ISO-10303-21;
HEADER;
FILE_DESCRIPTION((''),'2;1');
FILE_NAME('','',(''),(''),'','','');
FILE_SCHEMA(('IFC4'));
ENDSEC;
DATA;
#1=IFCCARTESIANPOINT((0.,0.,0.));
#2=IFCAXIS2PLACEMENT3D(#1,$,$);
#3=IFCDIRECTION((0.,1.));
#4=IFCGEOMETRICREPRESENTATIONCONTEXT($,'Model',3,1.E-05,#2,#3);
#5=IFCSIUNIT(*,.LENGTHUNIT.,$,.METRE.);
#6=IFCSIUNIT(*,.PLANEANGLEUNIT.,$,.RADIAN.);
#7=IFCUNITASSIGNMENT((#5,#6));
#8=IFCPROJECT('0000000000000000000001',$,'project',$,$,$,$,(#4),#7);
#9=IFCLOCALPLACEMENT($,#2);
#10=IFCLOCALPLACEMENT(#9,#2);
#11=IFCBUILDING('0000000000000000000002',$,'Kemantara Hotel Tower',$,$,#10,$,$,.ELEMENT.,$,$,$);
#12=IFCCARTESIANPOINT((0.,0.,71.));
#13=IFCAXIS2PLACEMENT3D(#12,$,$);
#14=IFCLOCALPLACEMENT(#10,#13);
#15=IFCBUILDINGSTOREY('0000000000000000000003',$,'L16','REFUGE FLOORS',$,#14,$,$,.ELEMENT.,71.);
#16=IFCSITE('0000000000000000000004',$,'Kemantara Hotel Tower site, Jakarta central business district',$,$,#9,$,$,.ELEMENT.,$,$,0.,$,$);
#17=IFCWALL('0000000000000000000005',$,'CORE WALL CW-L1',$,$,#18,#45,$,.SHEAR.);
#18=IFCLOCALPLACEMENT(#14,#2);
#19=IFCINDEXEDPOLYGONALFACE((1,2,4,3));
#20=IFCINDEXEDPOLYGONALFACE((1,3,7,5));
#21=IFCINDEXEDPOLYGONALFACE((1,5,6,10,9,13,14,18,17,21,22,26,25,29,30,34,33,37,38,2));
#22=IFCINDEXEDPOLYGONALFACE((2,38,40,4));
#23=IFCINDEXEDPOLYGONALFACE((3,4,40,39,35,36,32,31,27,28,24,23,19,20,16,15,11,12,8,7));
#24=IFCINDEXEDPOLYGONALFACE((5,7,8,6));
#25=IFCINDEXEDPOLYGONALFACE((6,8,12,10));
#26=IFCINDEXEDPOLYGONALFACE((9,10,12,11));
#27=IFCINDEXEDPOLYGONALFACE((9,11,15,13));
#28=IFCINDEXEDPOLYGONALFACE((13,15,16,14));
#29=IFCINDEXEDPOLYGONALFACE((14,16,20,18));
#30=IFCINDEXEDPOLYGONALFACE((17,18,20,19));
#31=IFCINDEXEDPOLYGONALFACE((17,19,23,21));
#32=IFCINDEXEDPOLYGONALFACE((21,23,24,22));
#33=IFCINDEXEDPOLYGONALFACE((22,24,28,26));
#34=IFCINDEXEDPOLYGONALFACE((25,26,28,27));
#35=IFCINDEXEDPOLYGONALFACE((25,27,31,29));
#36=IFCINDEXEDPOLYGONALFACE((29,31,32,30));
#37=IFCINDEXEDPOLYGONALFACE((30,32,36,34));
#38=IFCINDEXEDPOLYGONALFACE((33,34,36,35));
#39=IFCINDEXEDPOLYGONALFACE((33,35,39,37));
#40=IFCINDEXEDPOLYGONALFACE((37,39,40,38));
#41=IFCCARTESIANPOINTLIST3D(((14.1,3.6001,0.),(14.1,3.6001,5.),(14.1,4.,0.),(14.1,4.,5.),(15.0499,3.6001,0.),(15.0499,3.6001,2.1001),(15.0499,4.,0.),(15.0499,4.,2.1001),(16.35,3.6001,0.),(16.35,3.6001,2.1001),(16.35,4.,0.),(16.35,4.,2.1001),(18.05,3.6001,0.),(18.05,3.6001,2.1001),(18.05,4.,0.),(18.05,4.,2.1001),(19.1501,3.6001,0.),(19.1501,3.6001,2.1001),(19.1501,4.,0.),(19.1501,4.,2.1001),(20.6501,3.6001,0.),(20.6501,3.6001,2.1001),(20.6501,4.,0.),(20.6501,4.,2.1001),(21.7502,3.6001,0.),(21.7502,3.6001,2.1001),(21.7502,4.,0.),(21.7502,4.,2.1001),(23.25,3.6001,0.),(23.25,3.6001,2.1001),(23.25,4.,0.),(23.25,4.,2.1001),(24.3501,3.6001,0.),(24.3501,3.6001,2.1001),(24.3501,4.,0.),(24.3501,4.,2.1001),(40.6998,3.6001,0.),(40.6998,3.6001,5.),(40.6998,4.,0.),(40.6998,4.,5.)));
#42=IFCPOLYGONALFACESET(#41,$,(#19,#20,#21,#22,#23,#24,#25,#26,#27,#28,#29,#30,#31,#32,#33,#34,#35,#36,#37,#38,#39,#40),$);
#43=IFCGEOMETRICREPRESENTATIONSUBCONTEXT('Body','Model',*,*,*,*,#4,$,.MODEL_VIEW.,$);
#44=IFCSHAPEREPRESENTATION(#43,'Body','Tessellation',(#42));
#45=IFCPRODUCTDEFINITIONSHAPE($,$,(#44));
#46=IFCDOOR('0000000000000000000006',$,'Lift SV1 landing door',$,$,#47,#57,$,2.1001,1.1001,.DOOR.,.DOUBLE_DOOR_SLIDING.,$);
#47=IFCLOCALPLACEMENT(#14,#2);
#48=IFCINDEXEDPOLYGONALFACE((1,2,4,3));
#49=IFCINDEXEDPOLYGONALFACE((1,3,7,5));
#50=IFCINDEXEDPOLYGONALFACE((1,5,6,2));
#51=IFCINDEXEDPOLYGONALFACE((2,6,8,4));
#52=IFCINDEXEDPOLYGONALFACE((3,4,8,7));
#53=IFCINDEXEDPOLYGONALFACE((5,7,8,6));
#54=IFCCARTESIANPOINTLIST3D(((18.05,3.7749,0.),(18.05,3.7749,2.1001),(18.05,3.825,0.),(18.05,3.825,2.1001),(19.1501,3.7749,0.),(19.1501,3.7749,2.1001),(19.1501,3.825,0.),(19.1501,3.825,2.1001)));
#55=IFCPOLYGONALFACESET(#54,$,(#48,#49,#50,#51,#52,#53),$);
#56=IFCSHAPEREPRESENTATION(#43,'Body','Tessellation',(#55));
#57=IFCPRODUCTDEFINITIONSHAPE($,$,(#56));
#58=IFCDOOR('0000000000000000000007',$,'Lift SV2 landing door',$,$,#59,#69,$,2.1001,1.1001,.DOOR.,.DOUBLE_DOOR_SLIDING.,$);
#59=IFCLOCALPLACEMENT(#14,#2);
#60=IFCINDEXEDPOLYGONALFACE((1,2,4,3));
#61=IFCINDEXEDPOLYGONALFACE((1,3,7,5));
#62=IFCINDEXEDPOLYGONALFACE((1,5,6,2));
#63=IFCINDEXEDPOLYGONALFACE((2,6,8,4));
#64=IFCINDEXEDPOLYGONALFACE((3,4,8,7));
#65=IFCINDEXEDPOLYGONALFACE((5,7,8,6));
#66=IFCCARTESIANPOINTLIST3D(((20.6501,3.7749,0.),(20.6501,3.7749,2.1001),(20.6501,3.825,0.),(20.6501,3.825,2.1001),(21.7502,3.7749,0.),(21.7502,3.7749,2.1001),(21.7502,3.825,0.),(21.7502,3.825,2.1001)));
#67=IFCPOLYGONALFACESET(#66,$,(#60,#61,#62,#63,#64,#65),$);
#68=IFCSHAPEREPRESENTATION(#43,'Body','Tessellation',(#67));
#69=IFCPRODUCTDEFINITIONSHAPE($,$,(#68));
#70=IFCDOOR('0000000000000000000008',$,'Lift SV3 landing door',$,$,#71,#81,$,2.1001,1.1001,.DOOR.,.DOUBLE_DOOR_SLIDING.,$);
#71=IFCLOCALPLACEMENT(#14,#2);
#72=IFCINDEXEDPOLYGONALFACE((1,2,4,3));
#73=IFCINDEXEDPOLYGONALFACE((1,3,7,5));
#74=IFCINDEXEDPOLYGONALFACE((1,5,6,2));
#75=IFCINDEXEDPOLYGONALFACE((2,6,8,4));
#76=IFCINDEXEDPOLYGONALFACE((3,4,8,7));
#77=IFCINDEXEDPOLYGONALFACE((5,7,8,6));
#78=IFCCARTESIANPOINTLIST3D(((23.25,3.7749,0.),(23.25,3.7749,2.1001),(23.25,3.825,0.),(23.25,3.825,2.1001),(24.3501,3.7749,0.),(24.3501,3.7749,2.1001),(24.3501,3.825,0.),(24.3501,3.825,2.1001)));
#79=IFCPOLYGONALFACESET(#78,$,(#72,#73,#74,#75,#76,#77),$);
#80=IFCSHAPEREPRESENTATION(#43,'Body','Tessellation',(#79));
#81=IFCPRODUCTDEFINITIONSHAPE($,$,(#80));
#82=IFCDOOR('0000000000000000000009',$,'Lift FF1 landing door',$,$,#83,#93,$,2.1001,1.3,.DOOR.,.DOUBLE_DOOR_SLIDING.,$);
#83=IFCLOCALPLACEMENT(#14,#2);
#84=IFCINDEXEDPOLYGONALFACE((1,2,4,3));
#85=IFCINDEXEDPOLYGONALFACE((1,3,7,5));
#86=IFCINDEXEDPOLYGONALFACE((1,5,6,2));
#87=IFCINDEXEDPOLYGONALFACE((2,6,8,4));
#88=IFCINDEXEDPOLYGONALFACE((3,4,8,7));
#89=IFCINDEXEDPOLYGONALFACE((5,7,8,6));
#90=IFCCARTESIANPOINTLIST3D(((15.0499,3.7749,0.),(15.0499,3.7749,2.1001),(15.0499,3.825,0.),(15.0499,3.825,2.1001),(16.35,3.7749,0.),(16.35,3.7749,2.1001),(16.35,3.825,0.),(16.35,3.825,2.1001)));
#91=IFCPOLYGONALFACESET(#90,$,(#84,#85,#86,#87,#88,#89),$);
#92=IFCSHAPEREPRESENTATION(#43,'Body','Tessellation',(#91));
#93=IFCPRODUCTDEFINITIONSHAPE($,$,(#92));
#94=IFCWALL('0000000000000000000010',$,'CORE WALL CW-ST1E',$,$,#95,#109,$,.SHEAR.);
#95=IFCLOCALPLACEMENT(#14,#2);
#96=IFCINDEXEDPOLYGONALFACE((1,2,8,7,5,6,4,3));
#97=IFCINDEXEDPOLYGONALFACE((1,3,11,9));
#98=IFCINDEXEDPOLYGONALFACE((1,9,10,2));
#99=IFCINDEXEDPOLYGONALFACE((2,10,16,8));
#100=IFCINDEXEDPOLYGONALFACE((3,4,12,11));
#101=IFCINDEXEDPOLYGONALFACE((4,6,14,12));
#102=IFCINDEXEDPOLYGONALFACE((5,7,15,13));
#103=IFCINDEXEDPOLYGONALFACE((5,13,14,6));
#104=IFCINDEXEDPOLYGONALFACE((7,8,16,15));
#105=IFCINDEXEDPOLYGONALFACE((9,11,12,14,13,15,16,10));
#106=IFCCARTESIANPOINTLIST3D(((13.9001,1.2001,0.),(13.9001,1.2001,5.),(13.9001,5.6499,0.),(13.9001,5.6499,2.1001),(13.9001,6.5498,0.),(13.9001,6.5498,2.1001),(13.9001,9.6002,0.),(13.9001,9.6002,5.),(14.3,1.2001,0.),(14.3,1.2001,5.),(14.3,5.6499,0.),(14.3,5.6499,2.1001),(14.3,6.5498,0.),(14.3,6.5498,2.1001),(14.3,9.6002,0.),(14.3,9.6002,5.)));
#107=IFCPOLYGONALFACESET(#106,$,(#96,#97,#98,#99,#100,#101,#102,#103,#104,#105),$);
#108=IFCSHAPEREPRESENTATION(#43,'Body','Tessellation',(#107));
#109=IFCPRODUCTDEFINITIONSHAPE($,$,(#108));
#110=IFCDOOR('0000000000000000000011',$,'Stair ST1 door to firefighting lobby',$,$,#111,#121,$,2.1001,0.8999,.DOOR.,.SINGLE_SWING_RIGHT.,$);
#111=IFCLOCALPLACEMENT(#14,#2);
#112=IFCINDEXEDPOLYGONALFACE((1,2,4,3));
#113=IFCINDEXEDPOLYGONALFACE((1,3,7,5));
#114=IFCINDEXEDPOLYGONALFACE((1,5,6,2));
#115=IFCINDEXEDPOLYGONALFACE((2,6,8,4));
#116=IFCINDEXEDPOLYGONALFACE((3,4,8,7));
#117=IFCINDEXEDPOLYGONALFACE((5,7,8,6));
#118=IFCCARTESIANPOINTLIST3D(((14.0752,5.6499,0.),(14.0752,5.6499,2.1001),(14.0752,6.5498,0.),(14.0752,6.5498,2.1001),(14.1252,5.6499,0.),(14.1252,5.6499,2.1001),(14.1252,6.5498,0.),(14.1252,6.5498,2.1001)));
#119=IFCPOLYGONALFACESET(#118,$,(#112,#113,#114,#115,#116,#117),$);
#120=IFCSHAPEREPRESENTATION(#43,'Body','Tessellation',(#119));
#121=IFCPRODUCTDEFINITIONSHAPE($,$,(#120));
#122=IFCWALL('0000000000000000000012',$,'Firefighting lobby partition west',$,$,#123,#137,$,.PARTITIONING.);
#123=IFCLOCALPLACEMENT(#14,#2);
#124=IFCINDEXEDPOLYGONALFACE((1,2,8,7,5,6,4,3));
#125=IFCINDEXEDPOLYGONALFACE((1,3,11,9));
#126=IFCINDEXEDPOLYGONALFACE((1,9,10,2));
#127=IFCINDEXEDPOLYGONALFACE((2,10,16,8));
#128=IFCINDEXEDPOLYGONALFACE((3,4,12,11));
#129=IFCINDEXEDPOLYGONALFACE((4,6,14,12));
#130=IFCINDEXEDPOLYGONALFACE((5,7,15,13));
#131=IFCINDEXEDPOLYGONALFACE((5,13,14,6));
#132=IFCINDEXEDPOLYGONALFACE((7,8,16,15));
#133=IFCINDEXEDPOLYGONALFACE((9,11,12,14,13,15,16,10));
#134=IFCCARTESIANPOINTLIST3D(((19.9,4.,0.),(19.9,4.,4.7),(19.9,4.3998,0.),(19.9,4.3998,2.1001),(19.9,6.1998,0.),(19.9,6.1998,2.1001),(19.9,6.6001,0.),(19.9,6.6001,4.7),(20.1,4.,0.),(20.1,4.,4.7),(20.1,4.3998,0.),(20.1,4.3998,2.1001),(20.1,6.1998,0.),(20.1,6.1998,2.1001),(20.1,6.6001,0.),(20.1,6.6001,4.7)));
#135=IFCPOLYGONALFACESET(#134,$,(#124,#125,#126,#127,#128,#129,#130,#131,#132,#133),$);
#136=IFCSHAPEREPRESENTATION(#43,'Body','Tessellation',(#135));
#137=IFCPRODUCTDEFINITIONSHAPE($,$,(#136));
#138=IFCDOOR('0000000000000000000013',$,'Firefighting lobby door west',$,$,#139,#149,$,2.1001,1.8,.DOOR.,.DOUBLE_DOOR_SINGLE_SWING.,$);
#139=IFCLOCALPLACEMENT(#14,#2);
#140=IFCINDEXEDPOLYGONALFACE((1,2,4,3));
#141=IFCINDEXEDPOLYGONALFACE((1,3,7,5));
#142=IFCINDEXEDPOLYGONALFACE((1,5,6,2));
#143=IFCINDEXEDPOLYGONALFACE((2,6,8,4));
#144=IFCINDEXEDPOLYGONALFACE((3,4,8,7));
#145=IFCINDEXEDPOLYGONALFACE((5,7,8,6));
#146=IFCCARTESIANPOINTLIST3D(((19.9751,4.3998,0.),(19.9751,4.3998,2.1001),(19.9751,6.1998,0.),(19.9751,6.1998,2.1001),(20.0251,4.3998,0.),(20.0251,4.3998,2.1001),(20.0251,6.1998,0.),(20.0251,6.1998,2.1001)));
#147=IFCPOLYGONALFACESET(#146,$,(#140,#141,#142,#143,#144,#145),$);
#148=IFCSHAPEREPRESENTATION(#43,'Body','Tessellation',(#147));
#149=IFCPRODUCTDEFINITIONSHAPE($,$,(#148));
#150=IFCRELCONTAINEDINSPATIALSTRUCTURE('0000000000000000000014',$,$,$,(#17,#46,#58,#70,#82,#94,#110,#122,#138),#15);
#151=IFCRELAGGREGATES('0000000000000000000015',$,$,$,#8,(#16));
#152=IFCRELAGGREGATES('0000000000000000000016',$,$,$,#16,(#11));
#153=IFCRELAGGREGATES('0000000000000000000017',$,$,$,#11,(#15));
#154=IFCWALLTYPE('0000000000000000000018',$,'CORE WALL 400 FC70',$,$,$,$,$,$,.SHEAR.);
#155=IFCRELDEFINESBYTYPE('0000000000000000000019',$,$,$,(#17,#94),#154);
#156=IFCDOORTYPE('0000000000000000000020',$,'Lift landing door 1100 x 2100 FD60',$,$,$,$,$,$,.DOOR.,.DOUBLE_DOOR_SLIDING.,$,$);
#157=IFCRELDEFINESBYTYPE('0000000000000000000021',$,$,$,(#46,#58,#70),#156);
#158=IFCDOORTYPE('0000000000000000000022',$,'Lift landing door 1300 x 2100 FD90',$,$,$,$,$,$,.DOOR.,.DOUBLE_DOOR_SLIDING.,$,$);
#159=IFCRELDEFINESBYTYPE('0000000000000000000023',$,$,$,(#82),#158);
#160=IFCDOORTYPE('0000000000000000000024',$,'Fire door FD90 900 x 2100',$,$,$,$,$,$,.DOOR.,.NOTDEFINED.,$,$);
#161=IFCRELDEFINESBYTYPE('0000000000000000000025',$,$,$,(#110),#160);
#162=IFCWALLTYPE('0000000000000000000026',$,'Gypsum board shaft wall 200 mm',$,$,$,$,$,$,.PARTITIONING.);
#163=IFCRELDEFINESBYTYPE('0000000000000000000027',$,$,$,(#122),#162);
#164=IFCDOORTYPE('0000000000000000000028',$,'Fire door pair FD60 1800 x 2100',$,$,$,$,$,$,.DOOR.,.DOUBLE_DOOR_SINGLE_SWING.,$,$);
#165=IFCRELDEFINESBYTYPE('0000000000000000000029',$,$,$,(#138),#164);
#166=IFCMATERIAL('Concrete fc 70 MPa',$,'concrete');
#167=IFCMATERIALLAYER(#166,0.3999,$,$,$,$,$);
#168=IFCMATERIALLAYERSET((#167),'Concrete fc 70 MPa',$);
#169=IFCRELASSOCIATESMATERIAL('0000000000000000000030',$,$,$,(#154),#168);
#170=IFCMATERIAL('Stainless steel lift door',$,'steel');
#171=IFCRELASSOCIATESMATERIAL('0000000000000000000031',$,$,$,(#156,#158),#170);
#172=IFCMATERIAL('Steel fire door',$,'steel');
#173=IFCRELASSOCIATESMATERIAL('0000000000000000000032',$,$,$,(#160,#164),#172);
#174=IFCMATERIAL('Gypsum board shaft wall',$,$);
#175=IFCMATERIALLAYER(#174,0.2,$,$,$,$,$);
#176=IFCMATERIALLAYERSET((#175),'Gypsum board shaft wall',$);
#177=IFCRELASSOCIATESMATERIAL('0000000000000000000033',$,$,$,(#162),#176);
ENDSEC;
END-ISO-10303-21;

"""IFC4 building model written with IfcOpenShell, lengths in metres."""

from ifc_helpers import new_model, si_unit, direction, frame, frame_2d, origin, place, context, subcontext, project, spatial, rectangle, extrude, material, layer, layer_set, type_object, element, fill, save


model = new_model("IFC4")

# Units and contexts
model_context = context("Model", 3, precision=1e-05, world=origin(), true_north=direction((0.0, 1.0)))
body_context = subcontext(model_context, "Body", "Model", "MODEL_VIEW")
ifc_project = project(units=[si_unit("LENGTHUNIT", "METRE"), si_unit("PLANEANGLEUNIT", "RADIAN")], contexts=[model_context])

# Site, building, storey
site_placement = place(None, origin())
site = spatial("IfcSite", under=ifc_project, at=site_placement, Name="Kemantara Hotel Tower site, Jakarta central business district", CompositionType="ELEMENT", RefElevation=0.0)
building_placement = place(site_placement, origin())
building = spatial("IfcBuilding", under=site, at=building_placement, Name="Kemantara Hotel Tower", CompositionType="ELEMENT")
storey_placement = place(building_placement, frame((0.0, 0.0, 71.0)))
storey = spatial("IfcBuildingStorey", under=building, at=storey_placement, Name="L16", Description="REFUGE FLOORS", CompositionType="ELEMENT", Elevation=71.0)

# Shared definitions
ifc_material_1 = material(Name="Concrete fc 70 MPa", Category="concrete")

# Wall, openings, doors
ifc_layer_1 = layer(ifc_material_1, 0.3999)
ifc_layer_set_1 = layer_set([ifc_layer_1], Name="Concrete fc 70 MPa")
wall_type_1 = type_object("IfcWallType", Name="CORE WALL 400 FC70", PredefinedType="SHEAR", material=ifc_layer_set_1)
wall_1_placement = place(storey_placement, frame((14.1001, 3.8, 0.0), z_axis=(0.0, 0.0, 1.0), x_axis=(1.0, 0.0, 0.0)))
wall_1 = element("IfcWall", 1, at=wall_1_placement, inside=storey, type_object=wall_type_1, Name="CORE WALL CW-L1", PredefinedType="SHEAR", context=body_context, shape_type="SweptSolid", body=[
    extrude(rectangle(XDim=26.5999, YDim=0.3999, at=frame_2d((13.2998, 0.0))), origin(), (0.0, 0.0, 1.0), 5.0),
])
opening_1_placement = place(wall_1_placement, frame((0.95, 0.0, 0.0)))
opening_1 = element("IfcOpeningElement", 2, at=opening_1_placement, cuts=wall_1, PredefinedType="OPENING", context=body_context, shape_type="SweptSolid", body=[
    extrude(rectangle(XDim=1.3, YDim=2.1001, at=frame_2d((0.6499, 1.05))), frame((0.0, 0.21, 0.0), z_axis=(0.0, -1.0, 0.0), x_axis=(1.0, 0.0, 0.0)), (0.0, 0.0, 1.0), 0.4199),
])
opening_2_placement = place(wall_1_placement, frame((3.95, 0.0, 0.0)))
opening_2 = element("IfcOpeningElement", 3, at=opening_2_placement, cuts=wall_1, PredefinedType="OPENING", context=body_context, shape_type="SweptSolid", body=[
    extrude(rectangle(XDim=1.1001, YDim=2.1001, at=frame_2d((0.55, 1.05))), frame((0.0, 0.21, 0.0), z_axis=(0.0, -1.0, 0.0), x_axis=(1.0, 0.0, 0.0)), (0.0, 0.0, 1.0), 0.4199),
])
opening_3_placement = place(wall_1_placement, frame((6.55, 0.0, 0.0)))
opening_3 = element("IfcOpeningElement", 4, at=opening_3_placement, cuts=wall_1, PredefinedType="OPENING", context=body_context, shape_type="SweptSolid", body=[
    extrude(rectangle(XDim=1.1001, YDim=2.1001, at=frame_2d((0.55, 1.05))), frame((0.0, 0.21, 0.0), z_axis=(0.0, -1.0, 0.0), x_axis=(1.0, 0.0, 0.0)), (0.0, 0.0, 1.0), 0.4199),
])
opening_4_placement = place(wall_1_placement, frame((9.1499, 0.0, 0.0)))
opening_4 = element("IfcOpeningElement", 5, at=opening_4_placement, cuts=wall_1, PredefinedType="OPENING", context=body_context, shape_type="SweptSolid", body=[
    extrude(rectangle(XDim=1.1001, YDim=2.1001, at=frame_2d((0.55, 1.05))), frame((0.0, 0.21, 0.0), z_axis=(0.0, -1.0, 0.0), x_axis=(1.0, 0.0, 0.0)), (0.0, 0.0, 1.0), 0.4199),
])
ifc_material_2 = material(Name="Stainless steel lift door", Category="steel")
door_type_1 = type_object("IfcDoorType", Name="Lift landing door 1100 x 2100 FD60", OperationType="DOUBLE_DOOR_SLIDING", PredefinedType="DOOR", material=ifc_material_2)
door_1_placement = place(opening_2_placement, origin())
door_1 = element("IfcDoor", 6, at=door_1_placement, inside=storey, type_object=door_type_1, Name="Lift SV1 landing door", OperationType="DOUBLE_DOOR_SLIDING", OverallHeight=2.1001, OverallWidth=1.1001, PredefinedType="DOOR", context=body_context, shape_type="SweptSolid", body=[
    extrude(rectangle(XDim=1.1001, YDim=2.1001, at=frame_2d((0.55, 1.05))), frame((0.0, 0.0249, 0.0), z_axis=(0.0, -1.0, 0.0), x_axis=(1.0, 0.0, 0.0)), (0.0, 0.0, 1.0), 0.05),
])
fill(opening_2, door_1)
door_2_placement = place(opening_3_placement, origin())
door_2 = element("IfcDoor", 7, at=door_2_placement, inside=storey, type_object=door_type_1, Name="Lift SV2 landing door", OperationType="DOUBLE_DOOR_SLIDING", OverallHeight=2.1001, OverallWidth=1.1001, PredefinedType="DOOR", context=body_context, shape_type="SweptSolid", body=[
    extrude(rectangle(XDim=1.1001, YDim=2.1001, at=frame_2d((0.55, 1.05))), frame((0.0, 0.0249, 0.0), z_axis=(0.0, -1.0, 0.0), x_axis=(1.0, 0.0, 0.0)), (0.0, 0.0, 1.0), 0.05),
])
fill(opening_3, door_2)
door_3_placement = place(opening_4_placement, origin())
door_3 = element("IfcDoor", 8, at=door_3_placement, inside=storey, type_object=door_type_1, Name="Lift SV3 landing door", OperationType="DOUBLE_DOOR_SLIDING", OverallHeight=2.1001, OverallWidth=1.1001, PredefinedType="DOOR", context=body_context, shape_type="SweptSolid", body=[
    extrude(rectangle(XDim=1.1001, YDim=2.1001, at=frame_2d((0.55, 1.05))), frame((0.0, 0.0249, 0.0), z_axis=(0.0, -1.0, 0.0), x_axis=(1.0, 0.0, 0.0)), (0.0, 0.0, 1.0), 0.05),
])
fill(opening_4, door_3)
door_type_2 = type_object("IfcDoorType", Name="Lift landing door 1300 x 2100 FD90", OperationType="DOUBLE_DOOR_SLIDING", PredefinedType="DOOR", material=ifc_material_2)
door_4_placement = place(opening_1_placement, origin())
door_4 = element("IfcDoor", 9, at=door_4_placement, inside=storey, type_object=door_type_2, Name="Lift FF1 landing door", OperationType="DOUBLE_DOOR_SLIDING", OverallHeight=2.1001, OverallWidth=1.3, PredefinedType="DOOR", context=body_context, shape_type="SweptSolid", body=[
    extrude(rectangle(XDim=1.3, YDim=2.1001, at=frame_2d((0.6499, 1.05))), frame((0.0, 0.0249, 0.0), z_axis=(0.0, -1.0, 0.0), x_axis=(1.0, 0.0, 0.0)), (0.0, 0.0, 1.0), 0.05),
])
fill(opening_1, door_4)

# Walls, openings, doors
wall_2_placement = place(storey_placement, frame((14.1001, 1.2, 0.0), z_axis=(0.0, 0.0, 1.0), x_axis=(0.0, 1.0, 0.0)))
wall_2 = element("IfcWall", 10, at=wall_2_placement, inside=storey, type_object=wall_type_1, Name="CORE WALL CW-ST1E", PredefinedType="SHEAR", context=body_context, shape_type="SweptSolid", body=[
    extrude(rectangle(XDim=8.4001, YDim=0.3999, at=frame_2d((4.2002, 0.0))), origin(), (0.0, 0.0, 1.0), 5.0),
])
opening_5_placement = place(wall_2_placement, frame((4.45, 0.0, 0.0)))
opening_5 = element("IfcOpeningElement", 11, at=opening_5_placement, cuts=wall_2, PredefinedType="OPENING", context=body_context, shape_type="SweptSolid", body=[
    extrude(rectangle(XDim=0.8999, YDim=2.1001, at=frame_2d((0.45, 1.05))), frame((0.0, 0.21, 0.0), z_axis=(0.0, -1.0, 0.0), x_axis=(1.0, 0.0, 0.0)), (0.0, 0.0, 1.0), 0.4199),
])
ifc_material_3 = material(Name="Steel fire door", Category="steel")
door_type_3 = type_object("IfcDoorType", Name="Fire door FD90 900 x 2100", OperationType="NOTDEFINED", PredefinedType="DOOR", material=ifc_material_3)
door_5_placement = place(opening_5_placement, origin())
door_5 = element("IfcDoor", 12, at=door_5_placement, inside=storey, type_object=door_type_3, Name="Stair ST1 door to firefighting lobby", OperationType="SINGLE_SWING_RIGHT", OverallHeight=2.1001, OverallWidth=0.8999, PredefinedType="DOOR", context=body_context, shape_type="SweptSolid", body=[
    extrude(rectangle(XDim=0.8999, YDim=2.1001, at=frame_2d((0.45, 1.05))), frame((0.0, 0.0249, 0.0), z_axis=(0.0, -1.0, 0.0), x_axis=(1.0, 0.0, 0.0)), (0.0, 0.0, 1.0), 0.05),
])
fill(opening_5, door_5)
ifc_material_4 = material(Name="Gypsum board shaft wall")
ifc_layer_2 = layer(ifc_material_4, 0.2)
ifc_layer_set_2 = layer_set([ifc_layer_2], Name="Gypsum board shaft wall")
wall_type_2 = type_object("IfcWallType", Name="Gypsum board shaft wall 200 mm", PredefinedType="PARTITIONING", material=ifc_layer_set_2)
wall_3_placement = place(storey_placement, frame((20.0, 4.0, 0.0), z_axis=(0.0, 0.0, 1.0), x_axis=(0.0, 1.0, 0.0)))
wall_3 = element("IfcWall", 13, at=wall_3_placement, inside=storey, type_object=wall_type_2, Name="Firefighting lobby partition west", PredefinedType="PARTITIONING", context=body_context, shape_type="SweptSolid", body=[
    extrude(rectangle(XDim=2.6001, YDim=0.2, at=frame_2d((1.3, 0.0))), origin(), (0.0, 0.0, 1.0), 4.7),
])
opening_6_placement = place(wall_3_placement, frame((0.3999, 0.0, 0.0)))
opening_6 = element("IfcOpeningElement", 14, at=opening_6_placement, cuts=wall_3, PredefinedType="OPENING", context=body_context, shape_type="SweptSolid", body=[
    extrude(rectangle(XDim=1.8, YDim=2.1001, at=frame_2d((0.8999, 1.05))), frame((0.0, 0.1099, 0.0), z_axis=(0.0, -1.0, 0.0), x_axis=(1.0, 0.0, 0.0)), (0.0, 0.0, 1.0), 0.22),
])
door_type_4 = type_object("IfcDoorType", Name="Fire door pair FD60 1800 x 2100", OperationType="DOUBLE_DOOR_SINGLE_SWING", PredefinedType="DOOR", material=ifc_material_3)
door_6_placement = place(opening_6_placement, origin())
door_6 = element("IfcDoor", 15, at=door_6_placement, inside=storey, type_object=door_type_4, Name="Firefighting lobby door west", OperationType="DOUBLE_DOOR_SINGLE_SWING", OverallHeight=2.1001, OverallWidth=1.8, PredefinedType="DOOR", context=body_context, shape_type="SweptSolid", body=[
    extrude(rectangle(XDim=1.8, YDim=2.1001, at=frame_2d((0.8999, 1.05))), frame((0.0, 0.0249, 0.0), z_axis=(0.0, -1.0, 0.0), x_axis=(1.0, 0.0, 0.0)), (0.0, 0.0, 1.0), 0.05),
])
fill(opening_6, door_6)

save(model, "model.ifc")
